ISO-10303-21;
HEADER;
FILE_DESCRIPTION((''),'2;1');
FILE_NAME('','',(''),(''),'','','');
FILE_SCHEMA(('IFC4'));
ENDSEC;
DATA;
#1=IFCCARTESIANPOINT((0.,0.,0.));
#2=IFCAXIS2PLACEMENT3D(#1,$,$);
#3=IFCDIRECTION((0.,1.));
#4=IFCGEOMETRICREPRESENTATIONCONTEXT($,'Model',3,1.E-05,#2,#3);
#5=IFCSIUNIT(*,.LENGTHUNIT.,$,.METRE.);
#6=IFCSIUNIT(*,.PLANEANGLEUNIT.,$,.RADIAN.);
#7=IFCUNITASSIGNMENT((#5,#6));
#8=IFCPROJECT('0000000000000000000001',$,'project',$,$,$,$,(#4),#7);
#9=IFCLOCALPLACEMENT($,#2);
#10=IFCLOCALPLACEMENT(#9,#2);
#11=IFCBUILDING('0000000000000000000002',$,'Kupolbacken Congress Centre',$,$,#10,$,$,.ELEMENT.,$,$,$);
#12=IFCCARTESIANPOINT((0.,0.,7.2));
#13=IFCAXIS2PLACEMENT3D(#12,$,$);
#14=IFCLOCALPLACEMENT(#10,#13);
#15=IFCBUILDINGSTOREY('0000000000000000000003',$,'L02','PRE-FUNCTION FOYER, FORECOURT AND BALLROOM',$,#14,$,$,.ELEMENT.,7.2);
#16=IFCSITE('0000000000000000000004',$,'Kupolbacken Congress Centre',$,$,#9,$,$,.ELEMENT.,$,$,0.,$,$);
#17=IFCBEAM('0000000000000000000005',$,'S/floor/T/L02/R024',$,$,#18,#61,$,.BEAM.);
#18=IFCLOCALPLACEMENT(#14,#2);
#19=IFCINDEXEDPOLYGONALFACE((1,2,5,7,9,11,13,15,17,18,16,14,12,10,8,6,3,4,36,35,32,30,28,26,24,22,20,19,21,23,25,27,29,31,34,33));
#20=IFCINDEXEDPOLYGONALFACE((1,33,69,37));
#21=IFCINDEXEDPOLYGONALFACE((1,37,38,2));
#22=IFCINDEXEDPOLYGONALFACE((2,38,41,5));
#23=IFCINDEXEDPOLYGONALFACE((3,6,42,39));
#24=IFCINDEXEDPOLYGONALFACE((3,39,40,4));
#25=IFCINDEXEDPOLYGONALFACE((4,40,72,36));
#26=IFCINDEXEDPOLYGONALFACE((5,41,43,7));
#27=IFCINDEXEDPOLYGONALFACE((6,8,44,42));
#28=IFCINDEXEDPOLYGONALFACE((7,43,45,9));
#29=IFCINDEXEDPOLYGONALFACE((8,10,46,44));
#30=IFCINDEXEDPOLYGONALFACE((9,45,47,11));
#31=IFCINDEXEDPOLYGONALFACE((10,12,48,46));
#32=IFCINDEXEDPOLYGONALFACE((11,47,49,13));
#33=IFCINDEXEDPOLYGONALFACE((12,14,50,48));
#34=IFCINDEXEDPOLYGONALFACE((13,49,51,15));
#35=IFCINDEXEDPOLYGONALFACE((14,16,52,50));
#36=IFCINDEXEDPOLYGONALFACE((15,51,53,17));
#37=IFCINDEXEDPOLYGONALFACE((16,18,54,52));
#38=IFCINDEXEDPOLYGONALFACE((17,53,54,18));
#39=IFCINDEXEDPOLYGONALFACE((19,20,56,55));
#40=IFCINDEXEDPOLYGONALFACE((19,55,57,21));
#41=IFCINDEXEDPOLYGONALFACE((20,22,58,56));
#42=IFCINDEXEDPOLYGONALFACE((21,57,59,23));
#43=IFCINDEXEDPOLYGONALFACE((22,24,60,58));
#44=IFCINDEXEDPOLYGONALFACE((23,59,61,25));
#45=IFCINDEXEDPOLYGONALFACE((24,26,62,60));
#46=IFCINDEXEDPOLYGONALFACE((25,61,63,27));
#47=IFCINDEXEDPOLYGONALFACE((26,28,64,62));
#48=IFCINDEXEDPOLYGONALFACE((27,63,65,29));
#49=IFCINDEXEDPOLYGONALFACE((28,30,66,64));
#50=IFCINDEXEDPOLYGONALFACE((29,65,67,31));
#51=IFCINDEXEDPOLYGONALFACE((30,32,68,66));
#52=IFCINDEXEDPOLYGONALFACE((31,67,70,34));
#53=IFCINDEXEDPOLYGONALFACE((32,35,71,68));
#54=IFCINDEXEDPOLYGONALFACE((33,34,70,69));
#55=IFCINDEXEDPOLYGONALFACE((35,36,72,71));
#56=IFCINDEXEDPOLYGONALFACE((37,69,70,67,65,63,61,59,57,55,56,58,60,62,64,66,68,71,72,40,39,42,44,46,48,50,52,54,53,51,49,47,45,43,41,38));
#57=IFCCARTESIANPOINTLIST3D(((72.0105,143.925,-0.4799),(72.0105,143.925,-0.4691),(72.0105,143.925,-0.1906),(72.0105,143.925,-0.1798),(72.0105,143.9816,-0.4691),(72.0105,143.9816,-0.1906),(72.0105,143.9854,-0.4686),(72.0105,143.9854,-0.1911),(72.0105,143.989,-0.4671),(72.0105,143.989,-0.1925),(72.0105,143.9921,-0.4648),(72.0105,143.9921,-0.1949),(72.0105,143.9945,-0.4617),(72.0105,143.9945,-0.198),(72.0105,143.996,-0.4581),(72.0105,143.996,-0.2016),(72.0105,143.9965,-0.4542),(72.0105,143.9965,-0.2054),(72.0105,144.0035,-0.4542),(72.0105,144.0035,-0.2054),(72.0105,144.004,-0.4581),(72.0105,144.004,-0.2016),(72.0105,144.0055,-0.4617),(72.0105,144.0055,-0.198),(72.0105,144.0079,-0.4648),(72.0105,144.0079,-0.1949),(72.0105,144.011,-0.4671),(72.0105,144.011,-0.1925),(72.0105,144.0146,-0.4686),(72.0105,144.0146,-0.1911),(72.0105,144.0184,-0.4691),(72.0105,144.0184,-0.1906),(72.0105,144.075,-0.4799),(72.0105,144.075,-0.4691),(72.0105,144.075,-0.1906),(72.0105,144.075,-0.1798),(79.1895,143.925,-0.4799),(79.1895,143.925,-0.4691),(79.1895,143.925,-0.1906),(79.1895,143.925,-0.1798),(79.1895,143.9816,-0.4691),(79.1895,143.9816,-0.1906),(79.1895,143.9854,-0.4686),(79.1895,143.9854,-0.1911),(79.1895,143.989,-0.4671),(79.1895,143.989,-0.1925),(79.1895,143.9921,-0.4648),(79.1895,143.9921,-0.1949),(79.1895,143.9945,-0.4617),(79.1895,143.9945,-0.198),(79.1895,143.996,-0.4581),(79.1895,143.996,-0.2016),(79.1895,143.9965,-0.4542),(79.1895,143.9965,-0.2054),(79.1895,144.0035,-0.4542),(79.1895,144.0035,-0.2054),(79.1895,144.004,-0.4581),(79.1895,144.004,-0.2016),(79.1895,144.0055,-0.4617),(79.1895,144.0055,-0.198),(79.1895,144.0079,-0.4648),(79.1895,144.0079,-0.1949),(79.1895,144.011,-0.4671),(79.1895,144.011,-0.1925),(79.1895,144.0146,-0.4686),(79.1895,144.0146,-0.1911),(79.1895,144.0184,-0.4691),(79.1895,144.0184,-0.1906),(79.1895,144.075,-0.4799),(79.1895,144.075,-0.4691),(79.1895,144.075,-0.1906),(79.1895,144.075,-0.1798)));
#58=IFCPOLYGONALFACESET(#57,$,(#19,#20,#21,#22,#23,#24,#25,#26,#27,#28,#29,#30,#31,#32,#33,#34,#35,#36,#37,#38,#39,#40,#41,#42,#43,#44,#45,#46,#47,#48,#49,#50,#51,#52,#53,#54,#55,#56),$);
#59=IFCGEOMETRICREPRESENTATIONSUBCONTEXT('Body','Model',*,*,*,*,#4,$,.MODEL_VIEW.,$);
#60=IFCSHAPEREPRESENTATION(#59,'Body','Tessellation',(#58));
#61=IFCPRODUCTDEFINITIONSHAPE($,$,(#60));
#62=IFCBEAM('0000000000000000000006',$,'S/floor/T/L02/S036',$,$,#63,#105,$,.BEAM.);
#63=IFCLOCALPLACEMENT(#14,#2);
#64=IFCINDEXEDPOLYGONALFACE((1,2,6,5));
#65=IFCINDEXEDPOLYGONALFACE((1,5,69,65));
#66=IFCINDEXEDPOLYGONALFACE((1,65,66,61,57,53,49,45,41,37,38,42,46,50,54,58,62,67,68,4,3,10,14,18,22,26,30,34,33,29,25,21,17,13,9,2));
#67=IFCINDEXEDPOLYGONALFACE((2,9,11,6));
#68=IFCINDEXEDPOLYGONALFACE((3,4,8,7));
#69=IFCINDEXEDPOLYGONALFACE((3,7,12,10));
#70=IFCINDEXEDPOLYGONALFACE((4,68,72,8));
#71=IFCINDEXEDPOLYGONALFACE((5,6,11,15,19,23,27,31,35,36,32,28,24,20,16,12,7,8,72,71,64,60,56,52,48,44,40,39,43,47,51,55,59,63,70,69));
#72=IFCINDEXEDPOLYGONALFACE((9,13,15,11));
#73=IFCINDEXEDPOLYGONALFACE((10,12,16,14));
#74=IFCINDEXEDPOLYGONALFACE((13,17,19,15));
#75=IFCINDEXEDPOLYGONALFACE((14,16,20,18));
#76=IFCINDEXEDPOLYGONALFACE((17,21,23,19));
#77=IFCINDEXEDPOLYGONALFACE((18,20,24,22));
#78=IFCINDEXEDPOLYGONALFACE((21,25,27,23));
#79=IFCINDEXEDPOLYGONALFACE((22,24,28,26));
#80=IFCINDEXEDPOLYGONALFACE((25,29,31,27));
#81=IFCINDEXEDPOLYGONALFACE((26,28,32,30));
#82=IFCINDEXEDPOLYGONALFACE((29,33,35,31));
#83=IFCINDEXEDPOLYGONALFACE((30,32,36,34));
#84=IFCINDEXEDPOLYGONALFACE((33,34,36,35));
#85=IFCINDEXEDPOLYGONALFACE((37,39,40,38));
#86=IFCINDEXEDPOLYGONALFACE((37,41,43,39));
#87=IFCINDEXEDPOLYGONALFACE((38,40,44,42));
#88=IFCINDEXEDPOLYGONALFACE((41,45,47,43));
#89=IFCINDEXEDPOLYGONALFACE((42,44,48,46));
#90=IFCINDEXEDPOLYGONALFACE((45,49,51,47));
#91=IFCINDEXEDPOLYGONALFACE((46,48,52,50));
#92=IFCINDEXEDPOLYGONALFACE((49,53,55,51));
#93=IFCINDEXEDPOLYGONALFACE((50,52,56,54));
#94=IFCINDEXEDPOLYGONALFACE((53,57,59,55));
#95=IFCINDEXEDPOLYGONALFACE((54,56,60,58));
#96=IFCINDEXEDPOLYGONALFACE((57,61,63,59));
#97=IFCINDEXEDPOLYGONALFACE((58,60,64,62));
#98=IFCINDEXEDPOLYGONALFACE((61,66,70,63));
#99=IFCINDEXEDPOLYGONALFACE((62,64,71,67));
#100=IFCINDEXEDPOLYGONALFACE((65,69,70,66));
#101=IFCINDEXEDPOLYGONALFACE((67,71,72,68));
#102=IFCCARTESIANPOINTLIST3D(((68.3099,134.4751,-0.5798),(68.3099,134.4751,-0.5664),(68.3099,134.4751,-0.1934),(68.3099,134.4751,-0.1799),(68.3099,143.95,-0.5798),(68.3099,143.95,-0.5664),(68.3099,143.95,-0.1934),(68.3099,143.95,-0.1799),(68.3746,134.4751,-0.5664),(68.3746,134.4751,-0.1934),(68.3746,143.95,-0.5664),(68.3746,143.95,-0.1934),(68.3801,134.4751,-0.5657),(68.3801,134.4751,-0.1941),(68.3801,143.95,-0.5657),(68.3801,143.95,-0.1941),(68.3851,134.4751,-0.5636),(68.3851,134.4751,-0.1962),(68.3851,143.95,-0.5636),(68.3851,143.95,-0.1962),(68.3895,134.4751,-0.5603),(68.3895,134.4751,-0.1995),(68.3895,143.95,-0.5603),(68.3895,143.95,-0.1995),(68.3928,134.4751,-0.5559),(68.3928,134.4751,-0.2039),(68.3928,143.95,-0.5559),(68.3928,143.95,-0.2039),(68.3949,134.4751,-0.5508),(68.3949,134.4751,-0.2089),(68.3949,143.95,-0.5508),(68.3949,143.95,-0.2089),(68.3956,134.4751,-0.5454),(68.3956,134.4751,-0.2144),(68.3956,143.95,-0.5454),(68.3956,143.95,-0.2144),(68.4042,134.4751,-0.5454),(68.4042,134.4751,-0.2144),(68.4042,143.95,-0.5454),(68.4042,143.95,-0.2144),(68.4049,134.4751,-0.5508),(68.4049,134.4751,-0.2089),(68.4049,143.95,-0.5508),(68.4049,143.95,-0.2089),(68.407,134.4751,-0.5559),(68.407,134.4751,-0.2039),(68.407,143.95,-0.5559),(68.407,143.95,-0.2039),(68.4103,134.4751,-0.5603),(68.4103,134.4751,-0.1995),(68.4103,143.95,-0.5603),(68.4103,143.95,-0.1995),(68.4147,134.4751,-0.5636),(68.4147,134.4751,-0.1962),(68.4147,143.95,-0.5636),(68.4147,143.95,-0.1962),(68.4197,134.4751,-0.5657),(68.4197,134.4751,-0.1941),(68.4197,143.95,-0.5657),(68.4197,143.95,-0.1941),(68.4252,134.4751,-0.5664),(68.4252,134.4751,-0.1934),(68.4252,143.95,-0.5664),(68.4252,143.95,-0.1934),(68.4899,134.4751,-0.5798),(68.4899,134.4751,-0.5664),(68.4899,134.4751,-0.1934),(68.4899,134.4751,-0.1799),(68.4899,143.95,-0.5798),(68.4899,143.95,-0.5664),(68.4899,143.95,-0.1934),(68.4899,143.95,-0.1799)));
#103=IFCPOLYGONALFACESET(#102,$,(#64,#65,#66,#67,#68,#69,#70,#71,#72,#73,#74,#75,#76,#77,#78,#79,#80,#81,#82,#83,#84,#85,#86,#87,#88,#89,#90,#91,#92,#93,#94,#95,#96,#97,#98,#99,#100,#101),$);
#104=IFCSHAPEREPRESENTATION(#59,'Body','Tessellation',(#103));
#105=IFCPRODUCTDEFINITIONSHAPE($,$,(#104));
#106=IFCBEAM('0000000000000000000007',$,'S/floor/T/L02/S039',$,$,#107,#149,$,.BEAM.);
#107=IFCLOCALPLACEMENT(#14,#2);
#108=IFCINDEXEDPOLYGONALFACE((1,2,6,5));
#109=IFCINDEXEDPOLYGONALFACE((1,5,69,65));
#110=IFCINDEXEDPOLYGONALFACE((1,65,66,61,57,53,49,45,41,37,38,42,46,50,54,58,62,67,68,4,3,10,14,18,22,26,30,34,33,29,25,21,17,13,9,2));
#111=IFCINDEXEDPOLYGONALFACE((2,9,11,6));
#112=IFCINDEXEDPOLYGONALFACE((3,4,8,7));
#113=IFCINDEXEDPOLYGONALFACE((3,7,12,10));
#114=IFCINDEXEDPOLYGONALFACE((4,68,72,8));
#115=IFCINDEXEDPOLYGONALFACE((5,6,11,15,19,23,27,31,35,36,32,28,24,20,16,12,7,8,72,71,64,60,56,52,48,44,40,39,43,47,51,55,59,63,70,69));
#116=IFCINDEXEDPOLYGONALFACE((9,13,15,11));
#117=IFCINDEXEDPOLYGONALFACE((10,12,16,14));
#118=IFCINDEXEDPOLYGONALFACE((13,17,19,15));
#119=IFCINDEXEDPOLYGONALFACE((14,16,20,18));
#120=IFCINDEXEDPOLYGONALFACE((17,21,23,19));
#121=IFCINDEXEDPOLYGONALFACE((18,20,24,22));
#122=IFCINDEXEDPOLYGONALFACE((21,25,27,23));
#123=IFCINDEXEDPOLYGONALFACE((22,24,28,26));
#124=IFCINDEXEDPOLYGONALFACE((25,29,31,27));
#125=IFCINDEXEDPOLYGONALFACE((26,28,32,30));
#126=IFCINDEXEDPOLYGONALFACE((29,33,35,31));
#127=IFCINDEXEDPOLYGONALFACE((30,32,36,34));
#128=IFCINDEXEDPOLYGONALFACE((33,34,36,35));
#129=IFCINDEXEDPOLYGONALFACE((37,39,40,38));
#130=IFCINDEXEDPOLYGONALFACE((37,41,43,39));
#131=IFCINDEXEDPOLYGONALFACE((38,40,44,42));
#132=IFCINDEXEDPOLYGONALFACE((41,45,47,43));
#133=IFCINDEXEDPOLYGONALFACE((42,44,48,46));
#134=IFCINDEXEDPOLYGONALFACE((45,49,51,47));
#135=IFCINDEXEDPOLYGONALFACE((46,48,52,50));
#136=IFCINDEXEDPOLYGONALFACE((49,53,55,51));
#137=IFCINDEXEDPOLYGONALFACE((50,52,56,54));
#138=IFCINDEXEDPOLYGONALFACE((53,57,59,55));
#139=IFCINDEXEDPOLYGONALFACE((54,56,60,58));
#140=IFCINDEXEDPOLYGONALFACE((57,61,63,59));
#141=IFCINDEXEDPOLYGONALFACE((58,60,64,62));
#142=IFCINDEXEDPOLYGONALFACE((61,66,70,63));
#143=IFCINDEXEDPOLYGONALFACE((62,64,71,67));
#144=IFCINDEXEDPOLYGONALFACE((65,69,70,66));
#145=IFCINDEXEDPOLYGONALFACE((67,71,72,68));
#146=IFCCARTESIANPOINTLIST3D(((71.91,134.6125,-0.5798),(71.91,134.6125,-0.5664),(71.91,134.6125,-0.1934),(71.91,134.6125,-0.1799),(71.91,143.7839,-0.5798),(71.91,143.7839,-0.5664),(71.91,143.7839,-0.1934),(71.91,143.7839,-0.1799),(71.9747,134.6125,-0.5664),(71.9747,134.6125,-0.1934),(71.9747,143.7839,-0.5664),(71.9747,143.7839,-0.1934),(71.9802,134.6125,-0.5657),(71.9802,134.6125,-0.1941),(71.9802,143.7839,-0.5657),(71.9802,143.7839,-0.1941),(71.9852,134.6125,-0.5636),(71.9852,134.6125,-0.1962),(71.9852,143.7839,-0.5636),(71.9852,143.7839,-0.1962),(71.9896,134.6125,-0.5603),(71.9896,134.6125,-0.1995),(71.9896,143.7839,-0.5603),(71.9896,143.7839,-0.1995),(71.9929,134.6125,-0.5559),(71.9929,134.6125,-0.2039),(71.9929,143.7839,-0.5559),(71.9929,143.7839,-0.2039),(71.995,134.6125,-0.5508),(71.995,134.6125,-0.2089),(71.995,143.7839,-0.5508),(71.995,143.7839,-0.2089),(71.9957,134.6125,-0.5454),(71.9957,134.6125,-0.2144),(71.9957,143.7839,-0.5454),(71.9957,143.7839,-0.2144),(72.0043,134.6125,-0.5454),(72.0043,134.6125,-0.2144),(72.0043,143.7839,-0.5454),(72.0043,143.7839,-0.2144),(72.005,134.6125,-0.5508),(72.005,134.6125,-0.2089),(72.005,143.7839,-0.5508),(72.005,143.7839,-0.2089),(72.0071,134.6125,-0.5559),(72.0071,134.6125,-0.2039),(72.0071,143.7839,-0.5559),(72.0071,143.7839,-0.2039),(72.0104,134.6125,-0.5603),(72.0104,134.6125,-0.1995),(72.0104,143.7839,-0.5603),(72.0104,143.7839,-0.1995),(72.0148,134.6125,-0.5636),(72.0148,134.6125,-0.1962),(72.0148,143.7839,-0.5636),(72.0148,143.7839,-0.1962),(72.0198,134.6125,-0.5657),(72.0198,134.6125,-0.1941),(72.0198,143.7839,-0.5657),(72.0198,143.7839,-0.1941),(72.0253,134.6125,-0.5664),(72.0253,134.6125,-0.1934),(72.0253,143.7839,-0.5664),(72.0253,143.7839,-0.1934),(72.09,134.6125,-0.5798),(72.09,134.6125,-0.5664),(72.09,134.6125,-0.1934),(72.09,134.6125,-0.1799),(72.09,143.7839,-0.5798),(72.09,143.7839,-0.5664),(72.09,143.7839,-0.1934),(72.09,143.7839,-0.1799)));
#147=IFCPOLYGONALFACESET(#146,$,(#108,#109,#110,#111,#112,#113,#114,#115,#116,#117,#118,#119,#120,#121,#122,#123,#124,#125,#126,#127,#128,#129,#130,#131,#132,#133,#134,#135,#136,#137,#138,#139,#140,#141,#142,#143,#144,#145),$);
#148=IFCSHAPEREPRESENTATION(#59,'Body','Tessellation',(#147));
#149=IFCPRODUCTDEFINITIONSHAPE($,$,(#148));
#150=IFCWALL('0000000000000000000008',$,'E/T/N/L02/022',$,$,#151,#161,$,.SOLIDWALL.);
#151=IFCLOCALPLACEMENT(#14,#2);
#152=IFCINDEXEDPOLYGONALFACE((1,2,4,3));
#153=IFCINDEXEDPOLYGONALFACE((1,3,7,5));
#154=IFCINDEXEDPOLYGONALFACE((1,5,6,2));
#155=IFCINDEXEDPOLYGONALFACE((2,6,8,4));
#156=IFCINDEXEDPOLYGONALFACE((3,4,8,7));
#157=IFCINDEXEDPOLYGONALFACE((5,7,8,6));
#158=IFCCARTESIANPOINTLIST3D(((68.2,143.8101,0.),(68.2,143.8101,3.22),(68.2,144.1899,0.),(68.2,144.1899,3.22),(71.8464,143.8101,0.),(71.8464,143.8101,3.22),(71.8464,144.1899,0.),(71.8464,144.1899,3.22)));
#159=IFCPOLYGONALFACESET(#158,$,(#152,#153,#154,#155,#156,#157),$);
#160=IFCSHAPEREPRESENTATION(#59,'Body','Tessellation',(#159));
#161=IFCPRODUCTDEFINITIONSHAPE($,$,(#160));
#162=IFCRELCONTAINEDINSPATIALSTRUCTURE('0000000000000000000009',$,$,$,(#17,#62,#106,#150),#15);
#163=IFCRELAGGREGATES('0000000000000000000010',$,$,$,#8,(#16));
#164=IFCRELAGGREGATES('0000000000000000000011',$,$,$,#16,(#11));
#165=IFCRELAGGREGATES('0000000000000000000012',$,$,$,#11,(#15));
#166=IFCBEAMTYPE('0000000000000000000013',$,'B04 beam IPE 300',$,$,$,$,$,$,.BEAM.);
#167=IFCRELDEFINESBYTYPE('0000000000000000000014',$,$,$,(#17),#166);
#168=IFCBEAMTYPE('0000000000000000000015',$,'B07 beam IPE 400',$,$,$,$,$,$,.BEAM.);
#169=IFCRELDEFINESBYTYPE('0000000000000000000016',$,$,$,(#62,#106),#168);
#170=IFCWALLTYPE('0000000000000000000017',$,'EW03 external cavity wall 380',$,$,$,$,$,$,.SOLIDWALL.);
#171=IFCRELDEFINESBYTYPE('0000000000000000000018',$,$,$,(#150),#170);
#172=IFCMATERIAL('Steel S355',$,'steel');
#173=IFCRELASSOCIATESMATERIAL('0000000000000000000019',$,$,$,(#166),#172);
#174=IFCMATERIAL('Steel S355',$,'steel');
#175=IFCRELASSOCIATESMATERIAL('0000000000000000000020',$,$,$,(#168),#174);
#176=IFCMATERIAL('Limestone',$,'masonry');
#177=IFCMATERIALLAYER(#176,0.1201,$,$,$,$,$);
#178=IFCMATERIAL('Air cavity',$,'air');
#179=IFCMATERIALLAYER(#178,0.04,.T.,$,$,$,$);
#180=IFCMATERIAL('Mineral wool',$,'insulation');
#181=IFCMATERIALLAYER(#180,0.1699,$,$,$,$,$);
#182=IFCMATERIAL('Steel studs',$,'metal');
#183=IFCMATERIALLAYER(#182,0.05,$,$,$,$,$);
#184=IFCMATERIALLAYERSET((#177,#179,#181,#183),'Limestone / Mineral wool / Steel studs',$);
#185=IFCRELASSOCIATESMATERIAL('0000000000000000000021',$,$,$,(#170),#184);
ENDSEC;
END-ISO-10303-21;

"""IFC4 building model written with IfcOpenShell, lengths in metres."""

from ifc_helpers import new_model, si_unit, direction, frame, frame_2d, origin, origin_2d, place, context, subcontext, project, spatial, rectangle, i_section, extrude, material, layer, layer_set, material_profile, profile_set, type_object, element, save


model = new_model("IFC4")

# Units and contexts
model_context = context("Model", 3, precision=1e-05, world=origin(), true_north=direction((0.0, 1.0)))
body_context = subcontext(model_context, "Body", "Model", "MODEL_VIEW")
ifc_project = project(units=[si_unit("LENGTHUNIT", "METRE"), si_unit("PLANEANGLEUNIT", "RADIAN")], contexts=[model_context])

# Site, building, storey
site_placement = place(None, origin())
site = spatial("IfcSite", under=ifc_project, at=site_placement, Name="Kupolbacken Congress Centre", CompositionType="ELEMENT", RefElevation=0.0)
building_placement = place(site_placement, origin())
building = spatial("IfcBuilding", under=site, at=building_placement, Name="Kupolbacken Congress Centre", CompositionType="ELEMENT")
storey_placement = place(building_placement, frame((0.0, 0.0, 7.2)))
storey = spatial("IfcBuildingStorey", under=building, at=storey_placement, Name="L02", Description="PRE-FUNCTION FOYER, FORECOURT AND BALLROOM", CompositionType="ELEMENT", Elevation=7.2)

# Beams
ifc_material_1 = material(Name="Steel S355", Category="steel")
ifc_material_profile_1 = material_profile(ifc_material_1, i_section(OverallWidth=0.1499, OverallDepth=0.3, WebThickness=0.0071, FlangeThickness=0.0107, FilletRadius=0.0149, at=origin_2d()), Name="IPE 300")
ifc_profile_set_1 = profile_set([ifc_material_profile_1], Name="Steel S355")
beam_type_1 = type_object("IfcBeamType", Name="B04 beam IPE 300", PredefinedType="BEAM", material=ifc_profile_set_1)
beam_1_placement = place(storey_placement, frame((72.0105, 144.0, -0.3298), z_axis=(1.0, 0.0, 0.0), x_axis=(0.0, 1.0, 0.0)))
element("IfcBeam", 1, at=beam_1_placement, inside=storey, type_object=beam_type_1, Name="S/floor/T/L02/R024", PredefinedType="BEAM", context=body_context, shape_type="SweptSolid", body=[
    extrude(i_section(OverallWidth=0.1499, OverallDepth=0.3, WebThickness=0.0071, FlangeThickness=0.0107, FilletRadius=0.0149, at=origin_2d()), origin(), (0.0, 0.0, 1.0), 7.179),
])
ifc_material_2 = material(Name="Steel S355", Category="steel")
ifc_material_profile_2 = material_profile(ifc_material_2, i_section(OverallWidth=0.1799, OverallDepth=0.3999, WebThickness=0.0085, FlangeThickness=0.0134, FilletRadius=0.021, at=origin_2d()), Name="IPE 400")
ifc_profile_set_2 = profile_set([ifc_material_profile_2], Name="Steel S355")
beam_type_2 = type_object("IfcBeamType", Name="B07 beam IPE 400", PredefinedType="BEAM", material=ifc_profile_set_2)
beam_2_placement = place(storey_placement, frame((68.3999, 134.4751, -0.3799), z_axis=(0.0, 1.0, 0.0), x_axis=(-1.0, 0.0, 0.0)))
element("IfcBeam", 2, at=beam_2_placement, inside=storey, type_object=beam_type_2, Name="S/floor/T/L02/S036", PredefinedType="BEAM", context=body_context, shape_type="SweptSolid", body=[
    extrude(i_section(OverallWidth=0.1799, OverallDepth=0.3999, WebThickness=0.0085, FlangeThickness=0.0134, FilletRadius=0.021, at=origin_2d()), origin(), (0.0, 0.0, 1.0), 9.4749),
])
beam_3_placement = place(storey_placement, frame((72.0, 134.6125, -0.3799), z_axis=(0.0, 1.0, 0.0), x_axis=(-1.0, 0.0, 0.0)))
element("IfcBeam", 3, at=beam_3_placement, inside=storey, type_object=beam_type_2, Name="S/floor/T/L02/S039", PredefinedType="BEAM", context=body_context, shape_type="SweptSolid", body=[
    extrude(i_section(OverallWidth=0.1799, OverallDepth=0.3999, WebThickness=0.0085, FlangeThickness=0.0134, FilletRadius=0.021, at=origin_2d()), origin(), (0.0, 0.0, 1.0), 9.1714),
])

# Wall
ifc_material_3 = material(Name="Limestone", Category="masonry")
ifc_layer_1 = layer(ifc_material_3, 0.1201)
ifc_material_4 = material(Name="Air cavity", Category="air")
ifc_layer_2 = layer(ifc_material_4, 0.04, ventilated=True)
ifc_material_5 = material(Name="Mineral wool", Category="insulation")
ifc_layer_3 = layer(ifc_material_5, 0.1699)
ifc_material_6 = material(Name="Steel studs", Category="metal")
ifc_layer_4 = layer(ifc_material_6, 0.05)
ifc_layer_set_1 = layer_set([ifc_layer_1, ifc_layer_2, ifc_layer_3, ifc_layer_4], Name="Limestone / Mineral wool / Steel studs")
wall_type_1 = type_object("IfcWallType", Name="EW03 external cavity wall 380", PredefinedType="SOLIDWALL", material=ifc_layer_set_1)
wall_1_placement = place(storey_placement, frame((71.8464, 144.0, 0.0), z_axis=(0.0, 0.0, 1.0), x_axis=(-1.0, 0.0, 0.0)))
element("IfcWall", 4, at=wall_1_placement, inside=storey, type_object=wall_type_1, Name="E/T/N/L02/022", PredefinedType="SOLIDWALL", context=body_context, shape_type="SweptSolid", body=[
    extrude(rectangle(XDim=3.6465, YDim=0.3799, at=frame_2d((1.8232, 0.0))), origin(), (0.0, 0.0, 1.0), 3.22),
])

save(model, "model.ifc")
